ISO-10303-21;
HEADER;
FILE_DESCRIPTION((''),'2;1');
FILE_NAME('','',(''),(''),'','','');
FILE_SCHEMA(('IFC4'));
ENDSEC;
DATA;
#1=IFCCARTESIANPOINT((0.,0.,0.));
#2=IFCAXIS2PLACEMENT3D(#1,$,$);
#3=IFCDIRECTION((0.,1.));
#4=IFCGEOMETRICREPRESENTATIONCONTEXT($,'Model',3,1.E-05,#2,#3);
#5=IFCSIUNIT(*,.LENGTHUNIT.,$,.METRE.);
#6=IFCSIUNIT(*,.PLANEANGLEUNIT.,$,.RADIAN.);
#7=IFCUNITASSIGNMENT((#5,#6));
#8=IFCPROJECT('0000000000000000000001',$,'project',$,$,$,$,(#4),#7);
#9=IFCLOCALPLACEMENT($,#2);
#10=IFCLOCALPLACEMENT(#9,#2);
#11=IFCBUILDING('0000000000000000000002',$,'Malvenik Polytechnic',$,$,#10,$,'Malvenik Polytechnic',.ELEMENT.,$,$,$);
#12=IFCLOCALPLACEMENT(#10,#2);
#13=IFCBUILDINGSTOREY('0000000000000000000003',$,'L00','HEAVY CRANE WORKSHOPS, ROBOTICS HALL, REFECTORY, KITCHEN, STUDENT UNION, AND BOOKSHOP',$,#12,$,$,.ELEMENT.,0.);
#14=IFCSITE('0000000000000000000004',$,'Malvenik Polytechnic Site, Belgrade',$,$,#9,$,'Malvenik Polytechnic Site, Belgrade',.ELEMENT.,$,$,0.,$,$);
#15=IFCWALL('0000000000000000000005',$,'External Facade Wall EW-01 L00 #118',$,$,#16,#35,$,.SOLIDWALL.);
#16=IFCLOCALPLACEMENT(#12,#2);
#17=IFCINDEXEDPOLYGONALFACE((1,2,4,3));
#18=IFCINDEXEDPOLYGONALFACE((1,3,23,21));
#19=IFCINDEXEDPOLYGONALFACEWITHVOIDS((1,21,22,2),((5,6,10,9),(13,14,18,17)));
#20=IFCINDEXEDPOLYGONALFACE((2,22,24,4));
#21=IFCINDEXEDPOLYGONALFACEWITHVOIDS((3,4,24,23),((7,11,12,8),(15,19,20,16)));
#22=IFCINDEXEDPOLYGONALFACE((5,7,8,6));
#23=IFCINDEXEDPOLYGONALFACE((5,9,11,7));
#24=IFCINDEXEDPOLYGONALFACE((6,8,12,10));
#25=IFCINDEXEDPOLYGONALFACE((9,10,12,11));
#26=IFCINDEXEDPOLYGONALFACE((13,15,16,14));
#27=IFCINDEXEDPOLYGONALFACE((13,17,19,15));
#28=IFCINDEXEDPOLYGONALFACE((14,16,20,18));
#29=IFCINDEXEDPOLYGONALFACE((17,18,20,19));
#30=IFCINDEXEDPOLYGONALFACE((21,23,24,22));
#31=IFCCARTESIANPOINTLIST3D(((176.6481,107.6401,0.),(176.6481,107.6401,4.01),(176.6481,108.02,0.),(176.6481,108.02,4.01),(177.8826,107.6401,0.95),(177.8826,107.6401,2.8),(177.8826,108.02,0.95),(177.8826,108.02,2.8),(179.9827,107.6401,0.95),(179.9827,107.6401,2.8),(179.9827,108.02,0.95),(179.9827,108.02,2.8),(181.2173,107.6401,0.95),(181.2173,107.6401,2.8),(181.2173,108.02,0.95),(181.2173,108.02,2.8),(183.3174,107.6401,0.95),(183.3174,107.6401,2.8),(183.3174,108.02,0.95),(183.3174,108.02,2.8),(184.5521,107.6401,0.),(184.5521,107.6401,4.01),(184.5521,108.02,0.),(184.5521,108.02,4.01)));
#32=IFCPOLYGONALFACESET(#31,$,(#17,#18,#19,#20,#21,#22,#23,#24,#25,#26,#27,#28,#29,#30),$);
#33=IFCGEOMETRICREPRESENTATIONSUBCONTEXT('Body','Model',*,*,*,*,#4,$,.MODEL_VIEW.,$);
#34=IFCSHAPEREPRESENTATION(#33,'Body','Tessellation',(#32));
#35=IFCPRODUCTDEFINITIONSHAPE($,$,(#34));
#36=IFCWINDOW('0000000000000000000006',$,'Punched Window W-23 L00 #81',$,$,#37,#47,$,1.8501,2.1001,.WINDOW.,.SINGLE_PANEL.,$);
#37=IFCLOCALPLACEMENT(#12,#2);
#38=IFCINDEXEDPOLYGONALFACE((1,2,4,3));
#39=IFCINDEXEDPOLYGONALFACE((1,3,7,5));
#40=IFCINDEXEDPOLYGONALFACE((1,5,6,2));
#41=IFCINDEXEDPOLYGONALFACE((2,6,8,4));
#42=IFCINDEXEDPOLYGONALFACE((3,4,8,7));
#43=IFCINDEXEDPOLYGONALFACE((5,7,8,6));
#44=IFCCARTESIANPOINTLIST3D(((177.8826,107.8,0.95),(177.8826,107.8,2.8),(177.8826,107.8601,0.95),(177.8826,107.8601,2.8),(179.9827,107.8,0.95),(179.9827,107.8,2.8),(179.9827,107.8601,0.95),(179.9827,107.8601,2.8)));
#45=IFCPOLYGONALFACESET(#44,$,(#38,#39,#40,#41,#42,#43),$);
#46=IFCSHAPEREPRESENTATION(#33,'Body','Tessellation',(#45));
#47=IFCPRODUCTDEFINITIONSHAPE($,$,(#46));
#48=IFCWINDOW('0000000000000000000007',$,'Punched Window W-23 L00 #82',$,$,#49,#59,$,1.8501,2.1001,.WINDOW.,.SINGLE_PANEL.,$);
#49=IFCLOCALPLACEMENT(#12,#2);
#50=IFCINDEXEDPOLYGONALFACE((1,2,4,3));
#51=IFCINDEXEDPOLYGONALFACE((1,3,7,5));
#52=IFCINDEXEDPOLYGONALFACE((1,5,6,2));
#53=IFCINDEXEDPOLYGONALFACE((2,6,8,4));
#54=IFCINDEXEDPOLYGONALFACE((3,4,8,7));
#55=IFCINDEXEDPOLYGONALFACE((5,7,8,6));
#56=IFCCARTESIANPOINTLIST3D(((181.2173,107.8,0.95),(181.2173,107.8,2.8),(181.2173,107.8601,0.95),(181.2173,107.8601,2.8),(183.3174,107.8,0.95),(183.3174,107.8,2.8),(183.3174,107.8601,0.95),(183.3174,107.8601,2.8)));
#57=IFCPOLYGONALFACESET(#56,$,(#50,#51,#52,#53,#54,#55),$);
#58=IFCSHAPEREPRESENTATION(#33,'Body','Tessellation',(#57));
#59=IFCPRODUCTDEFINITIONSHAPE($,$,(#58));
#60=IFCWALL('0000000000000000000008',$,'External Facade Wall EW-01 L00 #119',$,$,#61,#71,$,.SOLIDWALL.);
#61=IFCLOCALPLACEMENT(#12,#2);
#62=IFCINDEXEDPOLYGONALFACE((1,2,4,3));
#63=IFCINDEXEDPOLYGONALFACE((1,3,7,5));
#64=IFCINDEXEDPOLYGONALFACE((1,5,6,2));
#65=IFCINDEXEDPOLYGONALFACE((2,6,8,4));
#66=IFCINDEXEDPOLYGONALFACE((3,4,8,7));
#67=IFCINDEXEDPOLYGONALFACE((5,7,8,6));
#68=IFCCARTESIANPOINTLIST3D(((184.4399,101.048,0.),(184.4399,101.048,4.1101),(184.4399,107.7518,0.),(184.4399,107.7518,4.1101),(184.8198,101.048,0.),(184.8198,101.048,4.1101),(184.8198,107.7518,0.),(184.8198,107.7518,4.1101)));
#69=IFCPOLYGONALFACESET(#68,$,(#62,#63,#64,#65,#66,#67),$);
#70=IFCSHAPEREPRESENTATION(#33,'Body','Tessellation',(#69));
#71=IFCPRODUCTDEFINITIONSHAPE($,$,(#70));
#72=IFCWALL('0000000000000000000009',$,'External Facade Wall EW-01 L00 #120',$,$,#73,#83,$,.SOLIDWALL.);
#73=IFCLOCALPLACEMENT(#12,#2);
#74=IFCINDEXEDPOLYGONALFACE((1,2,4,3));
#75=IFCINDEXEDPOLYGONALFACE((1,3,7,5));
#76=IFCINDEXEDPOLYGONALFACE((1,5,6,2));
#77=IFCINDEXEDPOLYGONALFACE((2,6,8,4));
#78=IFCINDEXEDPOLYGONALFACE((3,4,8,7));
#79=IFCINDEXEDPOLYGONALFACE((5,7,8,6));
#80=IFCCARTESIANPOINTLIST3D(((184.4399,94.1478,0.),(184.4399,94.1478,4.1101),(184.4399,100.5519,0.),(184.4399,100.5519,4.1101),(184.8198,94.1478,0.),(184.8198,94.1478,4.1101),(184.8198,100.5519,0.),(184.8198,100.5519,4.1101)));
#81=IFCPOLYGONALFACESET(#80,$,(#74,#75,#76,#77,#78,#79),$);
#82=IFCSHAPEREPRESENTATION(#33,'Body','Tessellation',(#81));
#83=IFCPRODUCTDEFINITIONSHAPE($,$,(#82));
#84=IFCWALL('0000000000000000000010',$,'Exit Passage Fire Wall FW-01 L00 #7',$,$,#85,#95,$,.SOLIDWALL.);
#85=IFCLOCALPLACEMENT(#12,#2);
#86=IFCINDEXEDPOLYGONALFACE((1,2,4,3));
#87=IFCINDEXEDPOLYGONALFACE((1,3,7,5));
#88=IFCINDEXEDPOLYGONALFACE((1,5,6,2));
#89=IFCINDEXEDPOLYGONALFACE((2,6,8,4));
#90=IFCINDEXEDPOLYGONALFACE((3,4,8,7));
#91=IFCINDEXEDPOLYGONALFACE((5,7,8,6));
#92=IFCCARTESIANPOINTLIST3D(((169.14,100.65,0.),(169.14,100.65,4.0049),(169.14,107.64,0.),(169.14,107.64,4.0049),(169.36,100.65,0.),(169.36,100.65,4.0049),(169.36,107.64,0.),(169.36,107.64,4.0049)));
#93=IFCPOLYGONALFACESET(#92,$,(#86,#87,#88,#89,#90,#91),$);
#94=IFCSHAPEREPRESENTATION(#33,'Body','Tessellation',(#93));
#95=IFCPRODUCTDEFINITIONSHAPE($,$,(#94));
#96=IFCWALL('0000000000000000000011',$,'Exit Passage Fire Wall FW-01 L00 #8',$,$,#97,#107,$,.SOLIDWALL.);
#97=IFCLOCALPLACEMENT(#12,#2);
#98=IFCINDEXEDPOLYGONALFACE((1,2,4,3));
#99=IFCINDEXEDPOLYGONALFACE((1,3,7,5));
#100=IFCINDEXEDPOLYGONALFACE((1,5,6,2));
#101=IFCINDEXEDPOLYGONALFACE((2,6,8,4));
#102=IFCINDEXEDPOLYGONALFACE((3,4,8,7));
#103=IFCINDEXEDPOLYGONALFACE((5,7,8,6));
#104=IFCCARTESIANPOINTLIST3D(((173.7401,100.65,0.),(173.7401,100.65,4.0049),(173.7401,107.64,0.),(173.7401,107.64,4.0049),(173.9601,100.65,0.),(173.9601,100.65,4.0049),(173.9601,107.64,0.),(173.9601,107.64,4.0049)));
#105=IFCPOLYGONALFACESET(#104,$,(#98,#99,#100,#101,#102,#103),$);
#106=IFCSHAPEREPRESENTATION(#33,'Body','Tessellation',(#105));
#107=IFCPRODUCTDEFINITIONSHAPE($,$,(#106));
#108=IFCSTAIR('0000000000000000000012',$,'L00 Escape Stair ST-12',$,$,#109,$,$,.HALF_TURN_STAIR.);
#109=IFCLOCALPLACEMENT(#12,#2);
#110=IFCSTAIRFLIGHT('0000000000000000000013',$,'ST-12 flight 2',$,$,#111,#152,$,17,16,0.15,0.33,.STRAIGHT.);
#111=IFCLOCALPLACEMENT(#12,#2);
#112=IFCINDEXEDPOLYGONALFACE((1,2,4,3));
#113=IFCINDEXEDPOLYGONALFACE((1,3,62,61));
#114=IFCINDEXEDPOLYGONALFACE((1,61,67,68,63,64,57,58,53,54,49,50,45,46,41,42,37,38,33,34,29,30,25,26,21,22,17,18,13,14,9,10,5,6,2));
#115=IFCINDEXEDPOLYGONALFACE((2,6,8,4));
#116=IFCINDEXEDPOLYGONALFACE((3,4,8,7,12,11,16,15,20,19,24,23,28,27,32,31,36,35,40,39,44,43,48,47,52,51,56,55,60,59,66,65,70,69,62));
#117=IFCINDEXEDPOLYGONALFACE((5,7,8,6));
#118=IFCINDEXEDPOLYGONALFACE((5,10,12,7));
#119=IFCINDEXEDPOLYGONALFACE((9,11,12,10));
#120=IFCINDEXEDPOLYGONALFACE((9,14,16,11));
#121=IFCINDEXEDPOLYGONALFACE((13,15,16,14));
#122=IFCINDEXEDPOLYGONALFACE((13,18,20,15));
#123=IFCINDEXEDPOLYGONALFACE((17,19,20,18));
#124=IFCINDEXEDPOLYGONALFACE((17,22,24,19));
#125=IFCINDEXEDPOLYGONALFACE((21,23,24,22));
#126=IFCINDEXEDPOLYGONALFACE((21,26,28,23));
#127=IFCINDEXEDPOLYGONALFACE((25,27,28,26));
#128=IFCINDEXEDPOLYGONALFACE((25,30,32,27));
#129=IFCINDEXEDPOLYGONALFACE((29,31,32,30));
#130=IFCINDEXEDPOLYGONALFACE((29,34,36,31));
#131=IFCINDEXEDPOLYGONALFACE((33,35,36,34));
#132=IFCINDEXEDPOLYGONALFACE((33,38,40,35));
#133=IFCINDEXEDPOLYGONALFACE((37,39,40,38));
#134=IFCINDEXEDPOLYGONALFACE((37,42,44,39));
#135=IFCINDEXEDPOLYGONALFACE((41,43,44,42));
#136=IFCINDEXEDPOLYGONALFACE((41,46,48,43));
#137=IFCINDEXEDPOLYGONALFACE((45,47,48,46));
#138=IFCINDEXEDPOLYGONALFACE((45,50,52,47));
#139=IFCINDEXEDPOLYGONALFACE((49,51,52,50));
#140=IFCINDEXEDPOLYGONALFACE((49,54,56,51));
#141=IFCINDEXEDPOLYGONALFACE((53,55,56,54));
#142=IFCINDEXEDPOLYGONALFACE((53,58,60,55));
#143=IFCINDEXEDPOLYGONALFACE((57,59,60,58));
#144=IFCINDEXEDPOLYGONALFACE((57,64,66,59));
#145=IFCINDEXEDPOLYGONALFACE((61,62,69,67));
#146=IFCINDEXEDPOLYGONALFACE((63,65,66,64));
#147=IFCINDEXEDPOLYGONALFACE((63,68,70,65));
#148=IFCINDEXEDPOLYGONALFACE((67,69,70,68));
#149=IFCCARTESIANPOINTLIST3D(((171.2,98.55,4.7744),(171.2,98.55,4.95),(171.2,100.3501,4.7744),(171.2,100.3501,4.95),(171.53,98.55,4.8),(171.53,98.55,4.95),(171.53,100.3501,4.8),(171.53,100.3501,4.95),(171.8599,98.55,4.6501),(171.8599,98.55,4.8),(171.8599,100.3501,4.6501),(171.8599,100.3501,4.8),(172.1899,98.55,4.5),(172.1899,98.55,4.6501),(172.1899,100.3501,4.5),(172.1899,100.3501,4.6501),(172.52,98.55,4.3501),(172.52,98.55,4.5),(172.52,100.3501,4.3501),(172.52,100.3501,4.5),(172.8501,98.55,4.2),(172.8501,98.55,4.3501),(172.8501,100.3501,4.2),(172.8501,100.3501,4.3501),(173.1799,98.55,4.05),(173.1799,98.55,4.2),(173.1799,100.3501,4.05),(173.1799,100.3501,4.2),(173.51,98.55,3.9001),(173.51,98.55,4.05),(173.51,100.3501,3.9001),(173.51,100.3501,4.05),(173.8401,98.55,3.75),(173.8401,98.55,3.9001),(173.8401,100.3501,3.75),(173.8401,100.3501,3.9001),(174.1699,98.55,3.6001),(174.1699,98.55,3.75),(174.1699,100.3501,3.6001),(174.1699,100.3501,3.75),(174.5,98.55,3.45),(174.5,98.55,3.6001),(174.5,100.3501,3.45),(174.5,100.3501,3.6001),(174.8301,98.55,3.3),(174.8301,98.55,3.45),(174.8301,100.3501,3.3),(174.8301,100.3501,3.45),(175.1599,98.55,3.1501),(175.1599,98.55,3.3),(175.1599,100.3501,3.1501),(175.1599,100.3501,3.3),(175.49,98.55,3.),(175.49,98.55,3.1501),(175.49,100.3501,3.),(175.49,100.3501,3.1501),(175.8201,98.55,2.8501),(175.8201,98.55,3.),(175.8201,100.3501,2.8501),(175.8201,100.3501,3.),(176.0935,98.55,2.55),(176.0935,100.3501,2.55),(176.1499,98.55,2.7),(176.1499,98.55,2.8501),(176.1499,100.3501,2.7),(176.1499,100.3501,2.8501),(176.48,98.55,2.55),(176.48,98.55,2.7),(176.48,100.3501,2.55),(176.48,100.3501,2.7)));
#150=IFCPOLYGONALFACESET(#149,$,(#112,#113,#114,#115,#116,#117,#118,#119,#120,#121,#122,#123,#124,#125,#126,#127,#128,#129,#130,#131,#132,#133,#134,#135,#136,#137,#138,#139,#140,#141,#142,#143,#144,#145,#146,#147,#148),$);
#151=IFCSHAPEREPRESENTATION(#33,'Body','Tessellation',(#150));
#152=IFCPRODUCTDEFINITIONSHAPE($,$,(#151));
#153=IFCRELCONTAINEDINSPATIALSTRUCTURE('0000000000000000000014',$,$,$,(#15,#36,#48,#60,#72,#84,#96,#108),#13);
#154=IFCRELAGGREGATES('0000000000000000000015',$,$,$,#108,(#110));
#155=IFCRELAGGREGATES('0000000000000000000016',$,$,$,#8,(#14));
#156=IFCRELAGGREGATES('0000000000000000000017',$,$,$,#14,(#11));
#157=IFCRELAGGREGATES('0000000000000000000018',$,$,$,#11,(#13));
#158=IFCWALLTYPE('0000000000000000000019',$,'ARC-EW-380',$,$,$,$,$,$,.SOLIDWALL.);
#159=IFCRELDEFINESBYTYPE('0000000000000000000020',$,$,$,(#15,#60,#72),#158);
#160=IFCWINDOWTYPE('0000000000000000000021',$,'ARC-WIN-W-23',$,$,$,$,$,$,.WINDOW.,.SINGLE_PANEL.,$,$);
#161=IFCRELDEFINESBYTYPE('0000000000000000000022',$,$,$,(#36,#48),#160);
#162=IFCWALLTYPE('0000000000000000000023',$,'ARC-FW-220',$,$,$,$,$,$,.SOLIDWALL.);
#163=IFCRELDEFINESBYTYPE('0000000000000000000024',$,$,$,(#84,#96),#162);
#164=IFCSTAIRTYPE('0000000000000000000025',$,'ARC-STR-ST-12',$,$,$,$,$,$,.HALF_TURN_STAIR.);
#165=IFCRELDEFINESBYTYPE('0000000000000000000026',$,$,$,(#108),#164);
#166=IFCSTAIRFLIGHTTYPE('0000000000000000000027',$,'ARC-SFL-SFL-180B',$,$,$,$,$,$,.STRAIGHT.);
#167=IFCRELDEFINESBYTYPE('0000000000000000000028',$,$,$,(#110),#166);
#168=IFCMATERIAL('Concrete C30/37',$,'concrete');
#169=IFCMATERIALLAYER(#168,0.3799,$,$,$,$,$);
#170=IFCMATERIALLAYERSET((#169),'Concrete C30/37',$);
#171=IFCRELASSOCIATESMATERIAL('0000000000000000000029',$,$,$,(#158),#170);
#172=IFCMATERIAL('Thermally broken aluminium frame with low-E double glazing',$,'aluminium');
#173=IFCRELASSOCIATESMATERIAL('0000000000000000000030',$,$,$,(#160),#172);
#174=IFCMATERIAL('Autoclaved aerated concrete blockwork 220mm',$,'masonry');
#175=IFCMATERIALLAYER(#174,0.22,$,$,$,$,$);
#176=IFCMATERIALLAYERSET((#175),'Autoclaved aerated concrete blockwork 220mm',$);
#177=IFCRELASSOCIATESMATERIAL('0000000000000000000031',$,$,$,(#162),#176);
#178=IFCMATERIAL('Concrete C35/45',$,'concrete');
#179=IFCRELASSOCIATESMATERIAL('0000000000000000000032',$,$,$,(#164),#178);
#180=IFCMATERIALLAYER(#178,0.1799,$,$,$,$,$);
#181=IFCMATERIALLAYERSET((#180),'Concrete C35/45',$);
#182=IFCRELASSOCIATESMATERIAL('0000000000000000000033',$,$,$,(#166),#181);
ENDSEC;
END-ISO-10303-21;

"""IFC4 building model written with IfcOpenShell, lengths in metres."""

from ifc_helpers import new_model, si_unit, direction, frame, frame_2d, origin, place, context, subcontext, project, spatial, polyline, rectangle, outline, extrude, material, layer, layer_set, type_object, element, fill, aggregate, save


model = new_model("IFC4")

# Units and contexts
model_context = context("Model", 3, precision=1e-05, world=origin(), true_north=direction((0.0, 1.0)))
body_context = subcontext(model_context, "Body", "Model", "MODEL_VIEW")
ifc_project = project(units=[si_unit("LENGTHUNIT", "METRE"), si_unit("PLANEANGLEUNIT", "RADIAN")], contexts=[model_context])

# Site, building, storey
site_placement = place(None, origin())
site = spatial("IfcSite", under=ifc_project, at=site_placement, Name="Malvenik Polytechnic Site, Belgrade", LongName="Malvenik Polytechnic Site, Belgrade", CompositionType="ELEMENT", RefElevation=0.0)
building_placement = place(site_placement, origin())
building = spatial("IfcBuilding", under=site, at=building_placement, Name="Malvenik Polytechnic", LongName="Malvenik Polytechnic", CompositionType="ELEMENT")
storey_placement = place(building_placement, origin())
storey = spatial("IfcBuildingStorey", under=building, at=storey_placement, Name="L00", Description="HEAVY CRANE WORKSHOPS, ROBOTICS HALL, REFECTORY, KITCHEN, STUDENT UNION, AND BOOKSHOP", CompositionType="ELEMENT", Elevation=0.0)

# Shared definitions
ifc_material_1 = material(Name="Concrete C35/45", Category="concrete")

# Shared definitions
ifc_material_2 = material(Name="Concrete C30/37", Category="concrete")

# Wall, openings, windows
ifc_layer_1 = layer(ifc_material_2, 0.3799)
ifc_layer_set_1 = layer_set([ifc_layer_1], Name="Concrete C30/37")
wall_type_1 = type_object("IfcWallType", Name="ARC-EW-380", PredefinedType="SOLIDWALL", material=ifc_layer_set_1)
wall_1_placement = place(storey_placement, frame((176.6479, 107.8301, 0.0), z_axis=(0.0, 0.0, 1.0), x_axis=(1.0, 0.0, 0.0)))
wall_1 = element("IfcWall", 1, at=wall_1_placement, inside=storey, type_object=wall_type_1, Name="External Facade Wall EW-01 L00 #118", PredefinedType="SOLIDWALL", context=body_context, shape_type="SweptSolid", body=[
    extrude(rectangle(XDim=7.9041, YDim=0.3799, at=frame_2d((3.9521, 0.0))), origin(), (0.0, 0.0, 1.0), 4.01),
])
opening_1_placement = place(wall_1_placement, frame((1.2346, 0.0, 0.95)))
opening_1 = element("IfcOpeningElement", 2, at=opening_1_placement, cuts=wall_1, PredefinedType="OPENING", context=body_context, shape_type="SweptSolid", body=[
    extrude(rectangle(XDim=2.1001, YDim=1.8501, at=frame_2d((1.05, 0.925))), frame((0.0, 0.2, 0.0), z_axis=(0.0, -1.0, 0.0), x_axis=(1.0, 0.0, 0.0)), (0.0, 0.0, 1.0), 0.3999),
])
opening_2_placement = place(wall_1_placement, frame((4.5693, 0.0, 0.95)))
opening_2 = element("IfcOpeningElement", 3, at=opening_2_placement, cuts=wall_1, PredefinedType="OPENING", context=body_context, shape_type="SweptSolid", body=[
    extrude(rectangle(XDim=2.1001, YDim=1.8501, at=frame_2d((1.05, 0.925))), frame((0.0, 0.2, 0.0), z_axis=(0.0, -1.0, 0.0), x_axis=(1.0, 0.0, 0.0)), (0.0, 0.0, 1.0), 0.3999),
])
ifc_material_3 = material(Name="Thermally broken aluminium frame with low-E double glazing", Category="aluminium")
window_type = type_object("IfcWindowType", Name="ARC-WIN-W-23", PartitioningType="SINGLE_PANEL", PredefinedType="WINDOW", material=ifc_material_3)
window_1_placement = place(opening_1_placement, origin())
window_1 = element("IfcWindow", 4, at=window_1_placement, inside=storey, type_object=window_type, Name="Punched Window W-23 L00 #81", OverallHeight=1.8501, OverallWidth=2.1001, PartitioningType="SINGLE_PANEL", PredefinedType="WINDOW", context=body_context, shape_type="SweptSolid", body=[
    extrude(rectangle(XDim=2.1001, YDim=1.8501, at=frame_2d((1.05, 0.925))), frame((0.0, 0.03, 0.0), z_axis=(0.0, -1.0, 0.0), x_axis=(1.0, 0.0, 0.0)), (0.0, 0.0, 1.0), 0.0601),
])
fill(opening_1, window_1)
window_2_placement = place(opening_2_placement, origin())
window_2 = element("IfcWindow", 5, at=window_2_placement, inside=storey, type_object=window_type, Name="Punched Window W-23 L00 #82", OverallHeight=1.8501, OverallWidth=2.1001, PartitioningType="SINGLE_PANEL", PredefinedType="WINDOW", context=body_context, shape_type="SweptSolid", body=[
    extrude(rectangle(XDim=2.1001, YDim=1.8501, at=frame_2d((1.05, 0.925))), frame((0.0, 0.03, 0.0), z_axis=(0.0, -1.0, 0.0), x_axis=(1.0, 0.0, 0.0)), (0.0, 0.0, 1.0), 0.0601),
])
fill(opening_2, window_2)

# Walls
wall_2_placement = place(storey_placement, frame((184.6299, 107.752, 0.0), z_axis=(0.0, 0.0, 1.0), x_axis=(0.0, -1.0, 0.0)))
element("IfcWall", 6, at=wall_2_placement, inside=storey, type_object=wall_type_1, Name="External Facade Wall EW-01 L00 #119", PredefinedType="SOLIDWALL", context=body_context, shape_type="SweptSolid", body=[
    extrude(rectangle(XDim=6.7039, YDim=0.3799, at=frame_2d((3.3521, 0.0))), origin(), (0.0, 0.0, 1.0), 4.1101),
])
wall_3_placement = place(storey_placement, frame((184.6299, 100.552, 0.0), z_axis=(0.0, 0.0, 1.0), x_axis=(0.0, -1.0, 0.0)))
element("IfcWall", 7, at=wall_3_placement, inside=storey, type_object=wall_type_1, Name="External Facade Wall EW-01 L00 #120", PredefinedType="SOLIDWALL", context=body_context, shape_type="SweptSolid", body=[
    extrude(rectangle(XDim=6.4041, YDim=0.3799, at=frame_2d((3.2021, 0.0))), origin(), (0.0, 0.0, 1.0), 4.1101),
])
ifc_material_4 = material(Name="Autoclaved aerated concrete blockwork 220mm", Category="masonry")
ifc_layer_2 = layer(ifc_material_4, 0.22)
ifc_layer_set_2 = layer_set([ifc_layer_2], Name="Autoclaved aerated concrete blockwork 220mm")
wall_type_2 = type_object("IfcWallType", Name="ARC-FW-220", PredefinedType="SOLIDWALL", material=ifc_layer_set_2)
for number, where, z_axis, x_axis, name in (
    (8, (169.25, 100.6499, 0.0), (0.0, 0.0, 1.0), (0.0, 1.0, 0.0), "Exit Passage Fire Wall FW-01 L00 #7"),
    (9, (173.8501, 100.6499, 0.0), (0.0, 0.0, 1.0), (0.0, 1.0, 0.0), "Exit Passage Fire Wall FW-01 L00 #8"),
):
    element("IfcWall", number, at=place(storey_placement, frame(where, z_axis=z_axis, x_axis=x_axis)), inside=storey, type_object=wall_type_2, Name=name, PredefinedType="SOLIDWALL", context=body_context, shape_type="SweptSolid", body=[
        extrude(rectangle(XDim=6.99, YDim=0.22, at=frame_2d((3.4951, 0.0))), origin(), (0.0, 0.0, 1.0), 4.0049),
    ])

# Stair, stair flight
stair_type = type_object("IfcStairType", Name="ARC-STR-ST-12", PredefinedType="HALF_TURN_STAIR", material=ifc_material_1)
stair_placement = place(storey_placement, origin())
stair = element("IfcStair", 10, at=stair_placement, inside=storey, type_object=stair_type, Name="L00 Escape Stair ST-12", PredefinedType="HALF_TURN_STAIR")
ifc_layer_3 = layer(ifc_material_1, 0.1799)
ifc_layer_set_3 = layer_set([ifc_layer_3], Name="Concrete C35/45")
stair_flight_type = type_object("IfcStairFlightType", Name="ARC-SFL-SFL-180B", PredefinedType="STRAIGHT", material=ifc_layer_set_3)
stair_flight_placement = place(storey_placement, frame((176.48, 99.45, 2.55), z_axis=(0.0, 0.0, 1.0), x_axis=(-1.0, 0.0, 0.0)))
stair_flight = element("IfcStairFlight", 11, at=stair_flight_placement, type_object=stair_flight_type, Name="ST-12 flight 2", NumberOfRisers=17, NumberOfTreads=16, PredefinedType="STRAIGHT", RiserHeight=0.15, TreadLength=0.33, context=body_context, shape_type="SweptSolid", body=[
    extrude(outline(polyline([(0.0, 0.0), (0.0, 0.1499), (0.3301, 0.1499), (0.3301, 0.3), (0.6599, 0.3), (0.6599, 0.45), (0.99, 0.45), (0.99, 0.6001), (1.3201, 0.6001), (1.3201, 0.75), (1.6499, 0.75), (1.6499, 0.8999), (1.98, 0.8999), (1.98, 1.05), (2.3101, 1.05), (2.3101, 1.2), (2.6399, 1.2), (2.6399, 1.3501), (2.97, 1.3501), (2.97, 1.5), (3.3, 1.5), (3.3, 1.6499), (3.6299, 1.6499), (3.6299, 1.8), (3.96, 1.8), (3.96, 1.95), (4.29, 1.95), (4.29, 2.1001), (4.6201, 2.1001), (4.6201, 2.25), (4.95, 2.25), (4.95, 2.3999), (5.28, 2.3999), (5.28, 2.55), (5.28, 2.2244), (0.3865, 0.0), (0.0, 0.0)])), frame((0.0, 0.8999, 0.0), z_axis=(0.0, -1.0, 0.0), x_axis=(1.0, 0.0, 0.0)), (0.0, 0.0, 1.0), 1.8),
])
aggregate(stair, [stair_flight])

save(model, "model.ifc")
